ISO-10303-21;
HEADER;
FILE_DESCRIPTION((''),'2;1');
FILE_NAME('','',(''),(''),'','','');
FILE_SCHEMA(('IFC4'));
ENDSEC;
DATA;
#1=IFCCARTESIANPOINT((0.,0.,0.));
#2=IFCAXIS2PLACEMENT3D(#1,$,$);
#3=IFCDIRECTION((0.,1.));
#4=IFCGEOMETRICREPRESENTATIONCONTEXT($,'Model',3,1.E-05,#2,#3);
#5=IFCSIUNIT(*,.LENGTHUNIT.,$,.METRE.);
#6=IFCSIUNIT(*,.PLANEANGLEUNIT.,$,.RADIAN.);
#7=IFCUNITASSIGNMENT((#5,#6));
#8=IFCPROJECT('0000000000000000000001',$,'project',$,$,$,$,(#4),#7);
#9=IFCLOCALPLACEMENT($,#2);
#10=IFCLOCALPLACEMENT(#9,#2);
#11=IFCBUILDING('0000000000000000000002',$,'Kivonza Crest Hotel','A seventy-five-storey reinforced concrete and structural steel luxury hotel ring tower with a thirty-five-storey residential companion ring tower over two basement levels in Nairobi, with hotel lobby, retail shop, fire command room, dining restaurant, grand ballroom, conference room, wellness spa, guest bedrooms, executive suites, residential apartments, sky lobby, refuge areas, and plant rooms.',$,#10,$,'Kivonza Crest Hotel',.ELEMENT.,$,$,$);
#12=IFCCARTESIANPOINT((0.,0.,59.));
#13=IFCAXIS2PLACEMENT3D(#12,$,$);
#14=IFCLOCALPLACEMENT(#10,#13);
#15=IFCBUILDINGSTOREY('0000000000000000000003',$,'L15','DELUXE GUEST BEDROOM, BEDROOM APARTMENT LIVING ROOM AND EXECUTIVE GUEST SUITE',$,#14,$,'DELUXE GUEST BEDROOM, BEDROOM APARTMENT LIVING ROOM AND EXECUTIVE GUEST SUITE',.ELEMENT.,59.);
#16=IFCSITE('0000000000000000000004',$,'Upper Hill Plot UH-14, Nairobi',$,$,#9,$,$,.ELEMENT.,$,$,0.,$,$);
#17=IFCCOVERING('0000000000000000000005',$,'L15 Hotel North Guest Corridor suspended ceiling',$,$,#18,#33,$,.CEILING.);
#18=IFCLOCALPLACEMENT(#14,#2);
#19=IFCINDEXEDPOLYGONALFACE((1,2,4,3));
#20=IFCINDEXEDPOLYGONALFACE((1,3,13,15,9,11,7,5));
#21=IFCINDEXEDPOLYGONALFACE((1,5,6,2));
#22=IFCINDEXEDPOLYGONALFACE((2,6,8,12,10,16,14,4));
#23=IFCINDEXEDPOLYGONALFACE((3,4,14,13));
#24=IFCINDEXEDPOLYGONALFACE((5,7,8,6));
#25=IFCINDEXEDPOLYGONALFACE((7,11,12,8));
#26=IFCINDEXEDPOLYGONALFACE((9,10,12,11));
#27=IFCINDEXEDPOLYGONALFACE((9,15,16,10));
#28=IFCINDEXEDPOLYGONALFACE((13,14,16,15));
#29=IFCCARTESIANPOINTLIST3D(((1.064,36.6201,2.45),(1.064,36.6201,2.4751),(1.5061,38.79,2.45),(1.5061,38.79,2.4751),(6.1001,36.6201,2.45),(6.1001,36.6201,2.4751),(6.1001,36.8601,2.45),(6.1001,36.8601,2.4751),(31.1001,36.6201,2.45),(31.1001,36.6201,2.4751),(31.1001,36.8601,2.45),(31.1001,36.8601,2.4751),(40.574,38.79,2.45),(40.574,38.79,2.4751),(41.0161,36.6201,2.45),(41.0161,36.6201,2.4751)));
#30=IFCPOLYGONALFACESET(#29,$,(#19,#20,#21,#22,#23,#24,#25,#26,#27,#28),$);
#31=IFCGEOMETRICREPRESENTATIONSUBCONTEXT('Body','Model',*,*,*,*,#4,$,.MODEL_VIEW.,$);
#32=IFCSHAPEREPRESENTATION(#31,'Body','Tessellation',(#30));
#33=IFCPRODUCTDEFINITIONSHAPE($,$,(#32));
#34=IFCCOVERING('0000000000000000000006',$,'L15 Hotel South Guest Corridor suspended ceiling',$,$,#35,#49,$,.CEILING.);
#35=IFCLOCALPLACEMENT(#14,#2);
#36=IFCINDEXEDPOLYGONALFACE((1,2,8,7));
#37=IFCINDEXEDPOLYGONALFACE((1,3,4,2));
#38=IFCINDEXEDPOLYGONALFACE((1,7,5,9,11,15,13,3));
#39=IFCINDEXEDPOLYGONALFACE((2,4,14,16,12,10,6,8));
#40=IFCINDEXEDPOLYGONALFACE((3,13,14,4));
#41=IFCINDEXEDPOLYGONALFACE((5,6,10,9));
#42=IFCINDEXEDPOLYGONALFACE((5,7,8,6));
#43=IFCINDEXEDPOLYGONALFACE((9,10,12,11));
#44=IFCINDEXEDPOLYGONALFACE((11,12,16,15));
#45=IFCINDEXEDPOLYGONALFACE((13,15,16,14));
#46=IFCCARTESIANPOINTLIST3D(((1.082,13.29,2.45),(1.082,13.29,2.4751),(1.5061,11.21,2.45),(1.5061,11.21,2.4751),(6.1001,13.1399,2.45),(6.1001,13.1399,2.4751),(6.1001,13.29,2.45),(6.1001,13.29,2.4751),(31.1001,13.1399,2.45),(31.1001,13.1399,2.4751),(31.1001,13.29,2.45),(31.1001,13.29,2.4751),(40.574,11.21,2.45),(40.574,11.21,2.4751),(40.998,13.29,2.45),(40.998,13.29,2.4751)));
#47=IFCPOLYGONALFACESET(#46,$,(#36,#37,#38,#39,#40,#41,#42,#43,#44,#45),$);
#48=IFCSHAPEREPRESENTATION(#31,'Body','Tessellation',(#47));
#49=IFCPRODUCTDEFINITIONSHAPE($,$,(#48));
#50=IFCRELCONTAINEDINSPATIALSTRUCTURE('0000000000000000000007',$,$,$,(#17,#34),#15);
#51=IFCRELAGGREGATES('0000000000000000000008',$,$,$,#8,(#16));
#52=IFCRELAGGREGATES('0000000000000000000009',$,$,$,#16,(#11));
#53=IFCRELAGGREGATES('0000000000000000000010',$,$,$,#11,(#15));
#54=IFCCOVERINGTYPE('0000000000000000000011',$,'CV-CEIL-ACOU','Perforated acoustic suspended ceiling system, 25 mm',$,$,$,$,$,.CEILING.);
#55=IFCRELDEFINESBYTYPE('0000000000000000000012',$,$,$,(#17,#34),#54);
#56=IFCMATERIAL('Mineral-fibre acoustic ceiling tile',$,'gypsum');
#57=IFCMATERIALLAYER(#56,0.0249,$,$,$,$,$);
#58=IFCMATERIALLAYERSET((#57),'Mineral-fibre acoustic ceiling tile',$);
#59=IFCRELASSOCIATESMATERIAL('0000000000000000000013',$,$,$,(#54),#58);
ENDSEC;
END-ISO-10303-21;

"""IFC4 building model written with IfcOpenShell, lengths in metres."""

from ifc_helpers import new_model, si_unit, direction, frame, origin, place, context, subcontext, project, spatial, polyline, outline, extrude, material, layer, layer_set, type_object, element, save


model = new_model("IFC4")

# Units and contexts
model_context = context("Model", 3, precision=1e-05, world=origin(), true_north=direction((0.0, 1.0)))
body_context = subcontext(model_context, "Body", "Model", "MODEL_VIEW")
ifc_project = project(units=[si_unit("LENGTHUNIT", "METRE"), si_unit("PLANEANGLEUNIT", "RADIAN")], contexts=[model_context])

# Site, building, storey
site_placement = place(None, origin())
site = spatial("IfcSite", under=ifc_project, at=site_placement, Name="Upper Hill Plot UH-14, Nairobi", CompositionType="ELEMENT", RefElevation=0.0)
building_placement = place(site_placement, origin())
building = spatial("IfcBuilding", under=site, at=building_placement, Name="Kivonza Crest Hotel", Description="A seventy-five-storey reinforced concrete and structural steel luxury hotel ring tower with a thirty-five-storey residential companion ring tower over two basement levels in Nairobi, with hotel lobby, retail shop, fire command room, dining restaurant, grand ballroom, conference room, wellness spa, guest bedrooms, executive suites, residential apartments, sky lobby, refuge areas, and plant rooms.", LongName="Kivonza Crest Hotel", CompositionType="ELEMENT")
storey_placement = place(building_placement, frame((0.0, 0.0, 59.0)))
storey = spatial("IfcBuildingStorey", under=building, at=storey_placement, Name="L15", Description="DELUXE GUEST BEDROOM, BEDROOM APARTMENT LIVING ROOM AND EXECUTIVE GUEST SUITE", LongName="DELUXE GUEST BEDROOM, BEDROOM APARTMENT LIVING ROOM AND EXECUTIVE GUEST SUITE", CompositionType="ELEMENT", Elevation=59.0)

# Coverings
ifc_material_1 = material(Name="Mineral-fibre acoustic ceiling tile", Category="gypsum")
ifc_layer_1 = layer(ifc_material_1, 0.0249)
ifc_layer_set_1 = layer_set([ifc_layer_1], Name="Mineral-fibre acoustic ceiling tile")
covering_type = type_object("IfcCoveringType", Name="CV-CEIL-ACOU", Description="Perforated acoustic suspended ceiling system, 25 mm", PredefinedType="CEILING", material=ifc_layer_set_1)
covering_1_placement = place(storey_placement, frame((0.0, 0.0, 2.45)))
element("IfcCovering", 1, at=covering_1_placement, inside=storey, type_object=covering_type, Name="L15 Hotel North Guest Corridor suspended ceiling", PredefinedType="CEILING", context=body_context, shape_type="SweptSolid", body=[
    extrude(outline(polyline([(1.5061, 38.79), (1.064, 36.6201), (6.1001, 36.6201), (6.1001, 36.8601), (31.1001, 36.8601), (31.1001, 36.6201), (41.0161, 36.6201), (40.574, 38.79), (1.5061, 38.79)])), origin(), (0.0, 0.0, 1.0), 0.0251),
])
covering_2_placement = place(storey_placement, frame((0.0, 0.0, 2.45)))
element("IfcCovering", 2, at=covering_2_placement, inside=storey, type_object=covering_type, Name="L15 Hotel South Guest Corridor suspended ceiling", PredefinedType="CEILING", context=body_context, shape_type="SweptSolid", body=[
    extrude(outline(polyline([(40.574, 11.21), (40.998, 13.29), (31.1001, 13.29), (31.1001, 13.1399), (6.1001, 13.1399), (6.1001, 13.29), (1.082, 13.29), (1.5061, 11.21), (40.574, 11.21)])), origin(), (0.0, 0.0, 1.0), 0.0251),
])

save(model, "model.ifc")
